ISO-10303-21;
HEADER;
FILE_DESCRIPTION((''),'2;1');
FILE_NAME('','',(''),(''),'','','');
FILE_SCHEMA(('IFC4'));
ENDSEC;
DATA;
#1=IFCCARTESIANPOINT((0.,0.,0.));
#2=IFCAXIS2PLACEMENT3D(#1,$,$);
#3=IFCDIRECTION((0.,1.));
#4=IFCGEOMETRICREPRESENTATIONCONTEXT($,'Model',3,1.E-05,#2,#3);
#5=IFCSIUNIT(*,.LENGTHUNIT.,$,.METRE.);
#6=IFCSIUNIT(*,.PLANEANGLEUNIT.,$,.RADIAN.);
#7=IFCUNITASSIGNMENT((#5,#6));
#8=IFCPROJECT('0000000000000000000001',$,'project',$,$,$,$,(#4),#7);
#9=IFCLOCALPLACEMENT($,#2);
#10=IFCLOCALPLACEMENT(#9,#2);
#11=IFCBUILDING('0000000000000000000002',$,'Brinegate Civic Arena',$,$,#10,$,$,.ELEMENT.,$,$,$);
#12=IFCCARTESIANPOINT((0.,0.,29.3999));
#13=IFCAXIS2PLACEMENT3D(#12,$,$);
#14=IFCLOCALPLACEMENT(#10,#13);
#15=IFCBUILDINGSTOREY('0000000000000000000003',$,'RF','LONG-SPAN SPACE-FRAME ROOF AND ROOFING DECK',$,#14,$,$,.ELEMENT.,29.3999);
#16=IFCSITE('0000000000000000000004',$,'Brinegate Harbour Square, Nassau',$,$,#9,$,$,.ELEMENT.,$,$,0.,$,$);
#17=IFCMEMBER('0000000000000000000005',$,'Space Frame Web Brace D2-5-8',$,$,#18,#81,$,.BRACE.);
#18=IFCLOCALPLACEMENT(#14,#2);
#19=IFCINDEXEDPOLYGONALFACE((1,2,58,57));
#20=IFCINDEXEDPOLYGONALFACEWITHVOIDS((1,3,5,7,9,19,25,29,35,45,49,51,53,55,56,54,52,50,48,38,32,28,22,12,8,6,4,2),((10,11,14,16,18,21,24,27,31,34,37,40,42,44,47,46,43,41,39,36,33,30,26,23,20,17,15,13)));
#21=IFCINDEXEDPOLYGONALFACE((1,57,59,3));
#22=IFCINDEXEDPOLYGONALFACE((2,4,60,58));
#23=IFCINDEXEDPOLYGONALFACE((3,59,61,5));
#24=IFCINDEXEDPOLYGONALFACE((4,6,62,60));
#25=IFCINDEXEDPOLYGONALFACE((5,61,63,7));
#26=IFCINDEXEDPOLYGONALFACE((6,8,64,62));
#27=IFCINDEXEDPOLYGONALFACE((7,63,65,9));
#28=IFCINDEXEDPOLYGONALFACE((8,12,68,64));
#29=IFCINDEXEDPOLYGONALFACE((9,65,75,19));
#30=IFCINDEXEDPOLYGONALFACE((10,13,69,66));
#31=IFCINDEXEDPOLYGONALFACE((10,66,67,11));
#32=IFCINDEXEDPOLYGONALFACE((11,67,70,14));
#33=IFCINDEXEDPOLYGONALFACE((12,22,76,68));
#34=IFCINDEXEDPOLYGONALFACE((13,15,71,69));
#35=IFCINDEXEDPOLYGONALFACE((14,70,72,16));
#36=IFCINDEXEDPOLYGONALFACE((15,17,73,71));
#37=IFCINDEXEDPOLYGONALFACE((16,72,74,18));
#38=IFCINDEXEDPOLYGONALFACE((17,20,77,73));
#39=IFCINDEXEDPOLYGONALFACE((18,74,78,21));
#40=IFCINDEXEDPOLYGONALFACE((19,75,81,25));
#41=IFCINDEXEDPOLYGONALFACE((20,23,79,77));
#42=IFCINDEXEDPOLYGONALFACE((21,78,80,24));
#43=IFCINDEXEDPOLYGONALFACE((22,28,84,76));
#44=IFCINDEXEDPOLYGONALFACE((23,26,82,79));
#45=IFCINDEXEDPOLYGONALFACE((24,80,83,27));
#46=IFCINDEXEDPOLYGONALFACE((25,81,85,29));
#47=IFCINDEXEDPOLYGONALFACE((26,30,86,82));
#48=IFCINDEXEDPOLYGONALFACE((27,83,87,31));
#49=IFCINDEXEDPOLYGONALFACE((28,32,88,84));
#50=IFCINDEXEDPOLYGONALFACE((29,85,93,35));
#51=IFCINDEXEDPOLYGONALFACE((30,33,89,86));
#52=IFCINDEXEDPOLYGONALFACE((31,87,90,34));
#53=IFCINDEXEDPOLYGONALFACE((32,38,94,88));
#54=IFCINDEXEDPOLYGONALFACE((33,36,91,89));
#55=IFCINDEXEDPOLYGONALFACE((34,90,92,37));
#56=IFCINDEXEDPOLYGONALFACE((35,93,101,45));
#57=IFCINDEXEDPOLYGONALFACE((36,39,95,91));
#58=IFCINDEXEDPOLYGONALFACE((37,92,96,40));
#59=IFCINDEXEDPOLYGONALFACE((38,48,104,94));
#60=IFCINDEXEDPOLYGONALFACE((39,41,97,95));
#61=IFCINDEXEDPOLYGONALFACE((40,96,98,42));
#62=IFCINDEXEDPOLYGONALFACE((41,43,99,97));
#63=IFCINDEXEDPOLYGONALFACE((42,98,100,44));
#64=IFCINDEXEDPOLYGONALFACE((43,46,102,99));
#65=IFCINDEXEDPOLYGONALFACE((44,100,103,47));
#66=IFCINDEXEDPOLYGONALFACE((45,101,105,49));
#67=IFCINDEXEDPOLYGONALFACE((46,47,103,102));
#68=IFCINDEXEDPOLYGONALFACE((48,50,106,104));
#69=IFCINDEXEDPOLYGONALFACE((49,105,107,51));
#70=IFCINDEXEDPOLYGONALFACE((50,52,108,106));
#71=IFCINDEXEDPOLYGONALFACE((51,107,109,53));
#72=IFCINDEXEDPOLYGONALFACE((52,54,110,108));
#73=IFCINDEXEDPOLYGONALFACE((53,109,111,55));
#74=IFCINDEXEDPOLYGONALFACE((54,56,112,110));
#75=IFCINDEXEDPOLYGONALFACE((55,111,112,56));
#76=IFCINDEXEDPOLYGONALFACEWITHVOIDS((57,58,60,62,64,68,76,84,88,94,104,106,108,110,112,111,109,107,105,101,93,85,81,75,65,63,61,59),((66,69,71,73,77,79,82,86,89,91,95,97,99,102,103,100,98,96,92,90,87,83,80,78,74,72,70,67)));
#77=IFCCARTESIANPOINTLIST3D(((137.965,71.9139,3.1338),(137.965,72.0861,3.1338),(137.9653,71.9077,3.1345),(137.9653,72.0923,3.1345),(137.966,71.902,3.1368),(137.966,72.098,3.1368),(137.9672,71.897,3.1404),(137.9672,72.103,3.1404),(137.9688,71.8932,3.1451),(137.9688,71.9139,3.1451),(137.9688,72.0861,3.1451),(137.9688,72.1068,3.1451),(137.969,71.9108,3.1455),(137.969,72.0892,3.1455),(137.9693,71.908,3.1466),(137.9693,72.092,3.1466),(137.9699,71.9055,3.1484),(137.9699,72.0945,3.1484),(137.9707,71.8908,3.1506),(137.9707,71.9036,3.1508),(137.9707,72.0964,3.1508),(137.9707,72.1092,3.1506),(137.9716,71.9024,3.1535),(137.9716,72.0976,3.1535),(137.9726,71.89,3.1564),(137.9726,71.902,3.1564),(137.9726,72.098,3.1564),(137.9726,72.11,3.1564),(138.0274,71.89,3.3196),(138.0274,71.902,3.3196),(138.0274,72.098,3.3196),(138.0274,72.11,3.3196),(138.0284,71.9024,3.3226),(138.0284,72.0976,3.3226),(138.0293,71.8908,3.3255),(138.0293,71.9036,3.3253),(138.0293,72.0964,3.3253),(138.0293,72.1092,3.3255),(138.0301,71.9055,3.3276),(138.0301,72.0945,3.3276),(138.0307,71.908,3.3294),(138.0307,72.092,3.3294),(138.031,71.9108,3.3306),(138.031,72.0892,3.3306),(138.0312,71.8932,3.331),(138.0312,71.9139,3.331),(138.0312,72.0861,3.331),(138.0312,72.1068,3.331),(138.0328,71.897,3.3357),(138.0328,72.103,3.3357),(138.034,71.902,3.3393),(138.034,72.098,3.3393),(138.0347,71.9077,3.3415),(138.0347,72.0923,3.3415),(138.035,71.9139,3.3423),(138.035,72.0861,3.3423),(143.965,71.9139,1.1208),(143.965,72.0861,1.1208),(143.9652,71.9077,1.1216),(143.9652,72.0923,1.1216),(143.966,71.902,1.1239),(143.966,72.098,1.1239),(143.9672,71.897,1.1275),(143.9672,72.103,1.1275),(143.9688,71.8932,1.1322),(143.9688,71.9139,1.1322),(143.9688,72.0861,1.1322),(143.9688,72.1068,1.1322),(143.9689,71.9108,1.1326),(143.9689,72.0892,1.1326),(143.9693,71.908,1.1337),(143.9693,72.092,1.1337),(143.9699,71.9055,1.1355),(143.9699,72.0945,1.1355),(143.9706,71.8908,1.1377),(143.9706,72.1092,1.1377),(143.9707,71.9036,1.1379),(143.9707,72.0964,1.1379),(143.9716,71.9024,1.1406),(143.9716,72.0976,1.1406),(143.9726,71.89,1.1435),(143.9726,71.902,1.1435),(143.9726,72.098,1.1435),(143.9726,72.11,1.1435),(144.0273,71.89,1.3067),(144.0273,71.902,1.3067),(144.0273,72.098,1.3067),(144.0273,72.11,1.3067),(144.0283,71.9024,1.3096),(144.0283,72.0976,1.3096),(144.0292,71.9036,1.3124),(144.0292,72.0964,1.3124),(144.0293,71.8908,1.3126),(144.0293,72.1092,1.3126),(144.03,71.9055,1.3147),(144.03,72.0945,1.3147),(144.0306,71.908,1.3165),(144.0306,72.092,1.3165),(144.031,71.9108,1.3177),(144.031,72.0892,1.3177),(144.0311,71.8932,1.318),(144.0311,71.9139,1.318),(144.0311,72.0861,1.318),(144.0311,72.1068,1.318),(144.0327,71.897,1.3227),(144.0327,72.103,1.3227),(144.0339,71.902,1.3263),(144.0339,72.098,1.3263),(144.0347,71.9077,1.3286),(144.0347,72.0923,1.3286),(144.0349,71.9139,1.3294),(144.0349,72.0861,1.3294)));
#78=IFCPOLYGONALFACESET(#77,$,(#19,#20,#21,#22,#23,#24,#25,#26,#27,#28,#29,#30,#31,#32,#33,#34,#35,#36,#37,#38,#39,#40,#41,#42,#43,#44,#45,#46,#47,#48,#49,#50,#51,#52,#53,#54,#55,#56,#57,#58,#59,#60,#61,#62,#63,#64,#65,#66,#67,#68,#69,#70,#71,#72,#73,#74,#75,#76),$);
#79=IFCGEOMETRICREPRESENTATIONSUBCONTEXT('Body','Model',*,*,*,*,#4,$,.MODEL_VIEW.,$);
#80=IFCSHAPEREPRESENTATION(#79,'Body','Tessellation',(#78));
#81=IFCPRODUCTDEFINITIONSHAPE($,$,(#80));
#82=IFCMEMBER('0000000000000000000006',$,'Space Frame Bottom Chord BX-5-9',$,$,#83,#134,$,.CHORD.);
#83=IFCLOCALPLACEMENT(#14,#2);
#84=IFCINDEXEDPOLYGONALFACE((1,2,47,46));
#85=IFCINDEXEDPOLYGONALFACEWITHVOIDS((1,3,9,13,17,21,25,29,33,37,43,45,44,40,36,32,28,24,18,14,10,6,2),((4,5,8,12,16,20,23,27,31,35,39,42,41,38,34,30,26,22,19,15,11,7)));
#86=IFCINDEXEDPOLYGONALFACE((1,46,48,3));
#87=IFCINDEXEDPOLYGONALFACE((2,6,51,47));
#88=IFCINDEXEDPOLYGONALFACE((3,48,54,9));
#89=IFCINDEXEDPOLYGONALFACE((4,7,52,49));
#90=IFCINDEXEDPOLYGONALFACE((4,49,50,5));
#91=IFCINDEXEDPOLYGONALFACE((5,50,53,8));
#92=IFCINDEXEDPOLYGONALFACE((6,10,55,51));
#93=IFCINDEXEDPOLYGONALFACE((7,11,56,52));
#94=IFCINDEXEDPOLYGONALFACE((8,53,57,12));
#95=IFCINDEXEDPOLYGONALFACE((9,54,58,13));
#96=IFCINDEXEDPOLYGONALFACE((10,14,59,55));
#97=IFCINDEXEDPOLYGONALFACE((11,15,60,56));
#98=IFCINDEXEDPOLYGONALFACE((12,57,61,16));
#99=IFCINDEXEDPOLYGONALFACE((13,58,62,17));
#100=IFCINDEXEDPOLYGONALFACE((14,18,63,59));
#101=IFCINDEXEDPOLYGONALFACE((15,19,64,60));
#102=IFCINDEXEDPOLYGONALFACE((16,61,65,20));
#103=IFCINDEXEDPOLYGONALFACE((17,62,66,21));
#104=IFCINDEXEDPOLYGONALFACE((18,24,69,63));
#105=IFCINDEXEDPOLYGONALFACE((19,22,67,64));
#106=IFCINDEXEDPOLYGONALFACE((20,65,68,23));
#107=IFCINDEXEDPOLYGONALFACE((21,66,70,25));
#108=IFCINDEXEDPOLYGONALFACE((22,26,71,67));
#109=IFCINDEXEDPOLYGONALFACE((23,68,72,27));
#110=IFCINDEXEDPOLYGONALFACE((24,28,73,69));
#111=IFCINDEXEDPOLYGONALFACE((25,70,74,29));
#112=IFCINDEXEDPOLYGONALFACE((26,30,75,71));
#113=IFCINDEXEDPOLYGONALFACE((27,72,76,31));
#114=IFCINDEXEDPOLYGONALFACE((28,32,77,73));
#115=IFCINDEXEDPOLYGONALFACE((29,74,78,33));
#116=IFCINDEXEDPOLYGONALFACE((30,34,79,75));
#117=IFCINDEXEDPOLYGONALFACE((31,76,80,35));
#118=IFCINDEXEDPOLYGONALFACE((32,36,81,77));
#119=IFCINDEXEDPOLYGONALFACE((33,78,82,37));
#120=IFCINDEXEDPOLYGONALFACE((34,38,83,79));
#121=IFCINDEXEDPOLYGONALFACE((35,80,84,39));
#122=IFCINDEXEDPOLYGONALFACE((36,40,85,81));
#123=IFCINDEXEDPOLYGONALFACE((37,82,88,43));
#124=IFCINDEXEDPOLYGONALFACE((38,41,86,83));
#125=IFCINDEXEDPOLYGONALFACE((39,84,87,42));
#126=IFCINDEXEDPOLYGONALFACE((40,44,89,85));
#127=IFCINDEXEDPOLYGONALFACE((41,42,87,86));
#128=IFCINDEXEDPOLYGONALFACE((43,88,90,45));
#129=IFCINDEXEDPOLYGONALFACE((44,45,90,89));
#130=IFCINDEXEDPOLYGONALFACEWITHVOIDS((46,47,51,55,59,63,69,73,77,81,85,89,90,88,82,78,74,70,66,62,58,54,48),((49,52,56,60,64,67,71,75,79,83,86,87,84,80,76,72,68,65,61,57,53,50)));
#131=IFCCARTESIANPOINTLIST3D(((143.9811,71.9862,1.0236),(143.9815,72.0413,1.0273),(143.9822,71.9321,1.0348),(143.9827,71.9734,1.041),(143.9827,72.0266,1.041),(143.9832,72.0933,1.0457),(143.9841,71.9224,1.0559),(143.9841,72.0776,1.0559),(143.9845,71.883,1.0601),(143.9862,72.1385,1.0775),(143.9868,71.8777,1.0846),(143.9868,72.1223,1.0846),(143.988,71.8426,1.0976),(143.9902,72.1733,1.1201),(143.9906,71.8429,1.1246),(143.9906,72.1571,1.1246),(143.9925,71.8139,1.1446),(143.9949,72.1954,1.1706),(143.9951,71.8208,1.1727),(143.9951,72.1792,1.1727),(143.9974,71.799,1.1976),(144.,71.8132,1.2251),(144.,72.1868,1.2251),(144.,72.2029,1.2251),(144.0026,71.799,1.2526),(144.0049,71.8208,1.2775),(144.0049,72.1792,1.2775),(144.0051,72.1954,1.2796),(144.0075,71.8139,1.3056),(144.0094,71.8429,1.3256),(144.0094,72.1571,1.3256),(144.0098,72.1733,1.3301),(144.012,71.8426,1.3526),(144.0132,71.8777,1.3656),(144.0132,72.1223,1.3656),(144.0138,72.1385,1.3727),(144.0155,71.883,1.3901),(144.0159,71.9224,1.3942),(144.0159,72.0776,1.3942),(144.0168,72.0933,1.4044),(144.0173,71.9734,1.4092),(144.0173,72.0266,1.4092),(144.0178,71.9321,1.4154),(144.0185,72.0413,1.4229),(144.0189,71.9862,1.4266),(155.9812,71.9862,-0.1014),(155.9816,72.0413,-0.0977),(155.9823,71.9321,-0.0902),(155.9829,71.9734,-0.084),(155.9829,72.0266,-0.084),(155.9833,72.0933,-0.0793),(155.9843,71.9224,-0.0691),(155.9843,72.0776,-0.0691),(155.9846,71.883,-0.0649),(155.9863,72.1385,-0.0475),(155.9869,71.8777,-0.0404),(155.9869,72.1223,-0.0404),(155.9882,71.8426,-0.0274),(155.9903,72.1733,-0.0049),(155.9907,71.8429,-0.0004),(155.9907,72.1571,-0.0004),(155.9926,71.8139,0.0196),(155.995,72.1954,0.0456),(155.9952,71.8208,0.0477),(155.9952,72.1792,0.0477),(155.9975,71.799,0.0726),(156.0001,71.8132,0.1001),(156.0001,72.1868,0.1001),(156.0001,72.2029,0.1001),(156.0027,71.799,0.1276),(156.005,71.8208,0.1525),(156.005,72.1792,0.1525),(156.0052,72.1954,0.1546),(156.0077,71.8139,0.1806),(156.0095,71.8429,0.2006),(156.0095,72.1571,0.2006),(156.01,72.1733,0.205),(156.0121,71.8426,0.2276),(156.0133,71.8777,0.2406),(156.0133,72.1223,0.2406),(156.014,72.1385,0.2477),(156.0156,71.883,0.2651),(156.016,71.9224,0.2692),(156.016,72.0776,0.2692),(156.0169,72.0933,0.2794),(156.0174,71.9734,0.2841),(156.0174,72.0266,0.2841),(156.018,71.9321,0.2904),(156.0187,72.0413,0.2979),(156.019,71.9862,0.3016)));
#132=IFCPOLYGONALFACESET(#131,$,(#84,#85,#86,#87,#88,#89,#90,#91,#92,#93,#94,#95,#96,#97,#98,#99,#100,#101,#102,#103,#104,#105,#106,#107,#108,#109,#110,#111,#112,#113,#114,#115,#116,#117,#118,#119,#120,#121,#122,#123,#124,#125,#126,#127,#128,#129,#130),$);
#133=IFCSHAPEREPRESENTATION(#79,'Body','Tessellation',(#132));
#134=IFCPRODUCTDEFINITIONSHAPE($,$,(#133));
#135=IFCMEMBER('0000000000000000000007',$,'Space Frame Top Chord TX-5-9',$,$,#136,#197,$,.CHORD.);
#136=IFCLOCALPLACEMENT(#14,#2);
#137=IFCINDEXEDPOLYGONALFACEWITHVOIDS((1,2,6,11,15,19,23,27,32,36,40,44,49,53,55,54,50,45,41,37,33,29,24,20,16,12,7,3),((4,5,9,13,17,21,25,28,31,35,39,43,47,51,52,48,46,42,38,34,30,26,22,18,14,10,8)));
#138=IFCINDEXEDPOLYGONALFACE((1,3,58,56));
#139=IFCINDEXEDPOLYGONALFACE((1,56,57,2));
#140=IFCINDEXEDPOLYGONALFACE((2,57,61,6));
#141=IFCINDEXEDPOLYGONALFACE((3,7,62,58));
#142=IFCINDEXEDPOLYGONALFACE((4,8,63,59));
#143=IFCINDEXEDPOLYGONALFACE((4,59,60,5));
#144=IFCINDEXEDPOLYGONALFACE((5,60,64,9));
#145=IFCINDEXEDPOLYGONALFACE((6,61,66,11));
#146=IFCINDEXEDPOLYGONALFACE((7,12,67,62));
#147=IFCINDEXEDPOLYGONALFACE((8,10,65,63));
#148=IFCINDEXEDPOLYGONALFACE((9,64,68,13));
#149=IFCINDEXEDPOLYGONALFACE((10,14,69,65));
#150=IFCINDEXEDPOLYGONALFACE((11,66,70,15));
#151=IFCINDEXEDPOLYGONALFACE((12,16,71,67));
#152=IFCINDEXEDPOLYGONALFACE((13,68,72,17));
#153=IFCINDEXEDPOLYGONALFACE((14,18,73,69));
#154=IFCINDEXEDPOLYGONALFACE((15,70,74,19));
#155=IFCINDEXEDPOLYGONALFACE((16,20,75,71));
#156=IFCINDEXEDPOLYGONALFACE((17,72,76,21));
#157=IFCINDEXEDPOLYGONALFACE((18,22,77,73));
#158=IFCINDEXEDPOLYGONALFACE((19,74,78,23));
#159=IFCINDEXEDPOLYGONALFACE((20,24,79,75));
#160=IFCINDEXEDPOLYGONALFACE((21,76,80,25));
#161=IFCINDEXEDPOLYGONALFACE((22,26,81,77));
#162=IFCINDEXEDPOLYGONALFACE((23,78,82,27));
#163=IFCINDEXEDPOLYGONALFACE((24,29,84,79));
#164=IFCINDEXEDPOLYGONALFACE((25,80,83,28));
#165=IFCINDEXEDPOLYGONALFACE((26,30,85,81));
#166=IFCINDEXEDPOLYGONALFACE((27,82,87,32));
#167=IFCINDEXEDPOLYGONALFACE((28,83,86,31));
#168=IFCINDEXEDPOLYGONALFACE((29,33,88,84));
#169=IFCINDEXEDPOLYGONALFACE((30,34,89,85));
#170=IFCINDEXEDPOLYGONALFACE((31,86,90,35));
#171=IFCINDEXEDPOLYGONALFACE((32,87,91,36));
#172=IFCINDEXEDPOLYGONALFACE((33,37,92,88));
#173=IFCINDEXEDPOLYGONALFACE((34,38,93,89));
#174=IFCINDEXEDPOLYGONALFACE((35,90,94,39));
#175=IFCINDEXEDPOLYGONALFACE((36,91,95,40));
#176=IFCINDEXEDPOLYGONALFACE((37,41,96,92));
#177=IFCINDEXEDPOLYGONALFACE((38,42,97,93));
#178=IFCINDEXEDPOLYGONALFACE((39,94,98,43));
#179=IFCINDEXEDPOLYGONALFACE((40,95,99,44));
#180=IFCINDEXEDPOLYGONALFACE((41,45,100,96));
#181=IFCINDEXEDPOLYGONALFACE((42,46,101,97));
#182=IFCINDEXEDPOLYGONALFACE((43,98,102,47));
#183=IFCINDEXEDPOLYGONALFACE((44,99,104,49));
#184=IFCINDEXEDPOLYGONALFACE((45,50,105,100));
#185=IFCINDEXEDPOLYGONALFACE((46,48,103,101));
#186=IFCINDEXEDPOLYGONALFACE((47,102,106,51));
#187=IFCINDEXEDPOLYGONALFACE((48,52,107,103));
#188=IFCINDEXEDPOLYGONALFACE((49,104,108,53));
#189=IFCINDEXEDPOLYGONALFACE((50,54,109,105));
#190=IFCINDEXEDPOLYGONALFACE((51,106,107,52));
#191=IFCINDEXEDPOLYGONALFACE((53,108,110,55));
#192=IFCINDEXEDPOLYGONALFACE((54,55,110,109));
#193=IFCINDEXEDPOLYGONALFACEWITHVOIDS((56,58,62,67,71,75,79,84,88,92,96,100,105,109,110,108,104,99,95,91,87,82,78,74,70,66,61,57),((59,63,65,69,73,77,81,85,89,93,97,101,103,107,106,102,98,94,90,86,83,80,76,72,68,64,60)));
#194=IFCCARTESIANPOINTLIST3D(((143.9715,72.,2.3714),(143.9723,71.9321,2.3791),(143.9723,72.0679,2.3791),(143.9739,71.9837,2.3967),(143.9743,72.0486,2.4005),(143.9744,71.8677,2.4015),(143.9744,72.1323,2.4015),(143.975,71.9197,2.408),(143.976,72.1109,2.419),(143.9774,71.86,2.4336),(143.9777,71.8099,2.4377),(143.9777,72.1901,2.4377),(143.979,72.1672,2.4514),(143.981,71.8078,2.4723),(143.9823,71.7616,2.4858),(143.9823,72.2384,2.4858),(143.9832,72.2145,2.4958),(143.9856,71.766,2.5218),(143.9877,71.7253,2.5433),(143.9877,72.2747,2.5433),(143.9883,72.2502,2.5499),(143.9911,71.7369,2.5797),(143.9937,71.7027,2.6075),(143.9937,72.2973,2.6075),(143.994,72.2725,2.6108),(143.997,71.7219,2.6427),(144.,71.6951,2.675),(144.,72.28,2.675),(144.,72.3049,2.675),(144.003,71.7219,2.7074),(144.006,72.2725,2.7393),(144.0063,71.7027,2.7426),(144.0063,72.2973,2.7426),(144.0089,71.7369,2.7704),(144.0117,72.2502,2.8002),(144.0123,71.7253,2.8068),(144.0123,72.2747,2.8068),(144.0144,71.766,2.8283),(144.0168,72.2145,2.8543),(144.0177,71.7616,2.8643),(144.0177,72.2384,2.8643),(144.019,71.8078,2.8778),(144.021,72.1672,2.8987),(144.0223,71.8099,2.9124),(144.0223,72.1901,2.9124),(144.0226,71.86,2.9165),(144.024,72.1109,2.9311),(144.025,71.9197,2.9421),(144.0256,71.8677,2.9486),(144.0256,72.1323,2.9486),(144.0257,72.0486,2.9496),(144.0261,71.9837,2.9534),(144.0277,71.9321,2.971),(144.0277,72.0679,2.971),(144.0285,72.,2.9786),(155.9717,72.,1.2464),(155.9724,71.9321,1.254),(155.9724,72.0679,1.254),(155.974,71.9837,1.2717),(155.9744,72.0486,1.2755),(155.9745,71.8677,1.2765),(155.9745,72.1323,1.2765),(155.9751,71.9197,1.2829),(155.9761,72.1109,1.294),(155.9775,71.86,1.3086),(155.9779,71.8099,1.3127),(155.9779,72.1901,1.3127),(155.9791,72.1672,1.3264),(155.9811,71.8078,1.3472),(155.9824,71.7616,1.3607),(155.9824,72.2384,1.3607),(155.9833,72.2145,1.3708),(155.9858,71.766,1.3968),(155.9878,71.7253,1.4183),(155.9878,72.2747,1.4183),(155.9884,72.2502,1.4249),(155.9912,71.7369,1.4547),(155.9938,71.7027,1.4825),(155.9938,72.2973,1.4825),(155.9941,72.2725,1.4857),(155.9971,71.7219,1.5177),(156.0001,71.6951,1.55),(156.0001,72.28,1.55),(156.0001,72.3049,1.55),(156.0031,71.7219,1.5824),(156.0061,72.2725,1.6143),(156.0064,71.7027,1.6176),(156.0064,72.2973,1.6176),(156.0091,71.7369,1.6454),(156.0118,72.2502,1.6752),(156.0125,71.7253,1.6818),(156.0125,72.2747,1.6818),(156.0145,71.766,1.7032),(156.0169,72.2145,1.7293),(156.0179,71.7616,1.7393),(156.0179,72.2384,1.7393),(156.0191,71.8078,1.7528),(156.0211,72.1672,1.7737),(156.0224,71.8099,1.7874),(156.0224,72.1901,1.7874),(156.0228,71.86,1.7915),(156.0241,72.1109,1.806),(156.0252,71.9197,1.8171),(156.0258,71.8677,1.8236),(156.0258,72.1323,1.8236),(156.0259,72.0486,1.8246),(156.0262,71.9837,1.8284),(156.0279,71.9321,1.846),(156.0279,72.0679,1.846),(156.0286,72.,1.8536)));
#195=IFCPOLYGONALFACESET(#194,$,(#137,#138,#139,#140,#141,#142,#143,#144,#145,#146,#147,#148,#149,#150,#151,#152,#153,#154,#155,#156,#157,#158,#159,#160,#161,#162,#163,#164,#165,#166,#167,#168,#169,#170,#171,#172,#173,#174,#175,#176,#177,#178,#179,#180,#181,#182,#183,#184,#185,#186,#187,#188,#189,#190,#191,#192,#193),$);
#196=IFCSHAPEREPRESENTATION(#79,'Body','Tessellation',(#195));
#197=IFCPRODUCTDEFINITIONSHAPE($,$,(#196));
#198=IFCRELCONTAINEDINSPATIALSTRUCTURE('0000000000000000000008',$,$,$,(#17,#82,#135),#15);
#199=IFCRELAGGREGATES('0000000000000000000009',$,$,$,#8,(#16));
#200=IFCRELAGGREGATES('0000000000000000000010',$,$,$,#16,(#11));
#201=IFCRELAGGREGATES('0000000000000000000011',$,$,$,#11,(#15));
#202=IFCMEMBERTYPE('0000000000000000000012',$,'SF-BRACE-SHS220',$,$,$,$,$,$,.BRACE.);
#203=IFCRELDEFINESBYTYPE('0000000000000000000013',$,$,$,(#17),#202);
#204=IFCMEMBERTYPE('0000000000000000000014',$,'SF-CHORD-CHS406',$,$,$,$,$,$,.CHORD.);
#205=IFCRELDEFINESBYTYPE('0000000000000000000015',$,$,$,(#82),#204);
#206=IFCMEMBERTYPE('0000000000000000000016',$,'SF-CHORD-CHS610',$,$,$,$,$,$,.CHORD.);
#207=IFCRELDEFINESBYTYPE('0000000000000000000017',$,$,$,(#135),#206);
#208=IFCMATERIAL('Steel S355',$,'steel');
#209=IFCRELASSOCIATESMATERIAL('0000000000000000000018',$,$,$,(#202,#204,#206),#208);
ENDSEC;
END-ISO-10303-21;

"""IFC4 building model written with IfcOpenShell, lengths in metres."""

from ifc_helpers import new_model, si_unit, direction, frame, origin, origin_2d, place, context, subcontext, project, spatial, hollow_rectangle, hollow_circle, extrude, material, material_profile, profile_set, type_object, element, save


model = new_model("IFC4")

# Units and contexts
model_context = context("Model", 3, precision=1e-05, world=origin(), true_north=direction((0.0, 1.0)))
body_context = subcontext(model_context, "Body", "Model", "MODEL_VIEW")
ifc_project = project(units=[si_unit("LENGTHUNIT", "METRE"), si_unit("PLANEANGLEUNIT", "RADIAN")], contexts=[model_context])

# Site, building, storey
site_placement = place(None, origin())
site = spatial("IfcSite", under=ifc_project, at=site_placement, Name="Brinegate Harbour Square, Nassau", CompositionType="ELEMENT", RefElevation=0.0)
building_placement = place(site_placement, origin())
building = spatial("IfcBuilding", under=site, at=building_placement, Name="Brinegate Civic Arena", CompositionType="ELEMENT")
storey_placement = place(building_placement, frame((0.0, 0.0, 29.3999)))
storey = spatial("IfcBuildingStorey", under=building, at=storey_placement, Name="RF", Description="LONG-SPAN SPACE-FRAME ROOF AND ROOFING DECK", CompositionType="ELEMENT", Elevation=29.3999)

# Shared definitions
ifc_material_1 = material(Name="Steel S355", Category="steel")

# Members
ifc_material_profile_1 = material_profile(ifc_material_1, hollow_rectangle(XDim=0.22, YDim=0.22, WallThickness=0.012, InnerFilletRadius=0.012, OuterFilletRadius=0.0239, at=origin_2d()), Name="SHS220X12")
ifc_profile_set_1 = profile_set([ifc_material_profile_1], Name="Steel S355")
member_type_1 = type_object("IfcMemberType", Name="SF-BRACE-SHS220", PredefinedType="BRACE", material=ifc_profile_set_1)
for number, where, z_axis, x_axis, name in (
    (1, (138.0, 72.0, 3.238), (0.948068, 0.0, -0.318067), (0.0, 1.0, 0.0), "Space Frame Web Brace D2-5-8"),
):
    element("IfcMember", number, at=place(storey_placement, frame(where, z_axis=z_axis, x_axis=x_axis)), inside=storey, type_object=member_type_1, Name=name, PredefinedType="BRACE", context=body_context, shape_type="SweptSolid", body=[
        extrude(hollow_rectangle(XDim=0.22, YDim=0.22, WallThickness=0.012, InnerFilletRadius=0.012, OuterFilletRadius=0.0239, at=origin_2d()), origin(), (0.0, 0.0, 1.0), 6.3286),
    ])
ifc_material_profile_2 = material_profile(ifc_material_1, hollow_circle(Radius=0.2029, WallThickness=0.0161, at=origin_2d()), Name="CHS406X16")
ifc_profile_set_2 = profile_set([ifc_material_profile_2], Name="Steel S355")
member_type_2 = type_object("IfcMemberType", Name="SF-CHORD-CHS406", PredefinedType="CHORD", material=ifc_profile_set_2)
member_1_placement = place(storey_placement, frame((144.0, 72.0, 1.2251), z_axis=(0.995634, 0.0, -0.093341), x_axis=(0.0, 1.0, 0.0)))
element("IfcMember", 2, at=member_1_placement, inside=storey, type_object=member_type_2, Name="Space Frame Bottom Chord BX-5-9", PredefinedType="CHORD", context=body_context, shape_type="SweptSolid", body=[
    extrude(hollow_circle(Radius=0.2029, WallThickness=0.0161, at=origin_2d()), origin(), (0.0, 0.0, 1.0), 12.0527),
])
ifc_material_profile_3 = material_profile(ifc_material_1, hollow_circle(Radius=0.3049, WallThickness=0.0249, at=origin_2d()), Name="CHS610X25")
ifc_profile_set_3 = profile_set([ifc_material_profile_3], Name="Steel S355")
member_type_3 = type_object("IfcMemberType", Name="SF-CHORD-CHS610", PredefinedType="CHORD", material=ifc_profile_set_3)
member_2_placement = place(storey_placement, frame((144.0, 72.0, 2.675), z_axis=(0.995634, 0.0, -0.093341), x_axis=(0.0, 1.0, 0.0)))
element("IfcMember", 3, at=member_2_placement, inside=storey, type_object=member_type_3, Name="Space Frame Top Chord TX-5-9", PredefinedType="CHORD", context=body_context, shape_type="SweptSolid", body=[
    extrude(hollow_circle(Radius=0.3049, WallThickness=0.0249, at=origin_2d()), origin(), (0.0, 0.0, 1.0), 12.0527),
])

save(model, "model.ifc")
